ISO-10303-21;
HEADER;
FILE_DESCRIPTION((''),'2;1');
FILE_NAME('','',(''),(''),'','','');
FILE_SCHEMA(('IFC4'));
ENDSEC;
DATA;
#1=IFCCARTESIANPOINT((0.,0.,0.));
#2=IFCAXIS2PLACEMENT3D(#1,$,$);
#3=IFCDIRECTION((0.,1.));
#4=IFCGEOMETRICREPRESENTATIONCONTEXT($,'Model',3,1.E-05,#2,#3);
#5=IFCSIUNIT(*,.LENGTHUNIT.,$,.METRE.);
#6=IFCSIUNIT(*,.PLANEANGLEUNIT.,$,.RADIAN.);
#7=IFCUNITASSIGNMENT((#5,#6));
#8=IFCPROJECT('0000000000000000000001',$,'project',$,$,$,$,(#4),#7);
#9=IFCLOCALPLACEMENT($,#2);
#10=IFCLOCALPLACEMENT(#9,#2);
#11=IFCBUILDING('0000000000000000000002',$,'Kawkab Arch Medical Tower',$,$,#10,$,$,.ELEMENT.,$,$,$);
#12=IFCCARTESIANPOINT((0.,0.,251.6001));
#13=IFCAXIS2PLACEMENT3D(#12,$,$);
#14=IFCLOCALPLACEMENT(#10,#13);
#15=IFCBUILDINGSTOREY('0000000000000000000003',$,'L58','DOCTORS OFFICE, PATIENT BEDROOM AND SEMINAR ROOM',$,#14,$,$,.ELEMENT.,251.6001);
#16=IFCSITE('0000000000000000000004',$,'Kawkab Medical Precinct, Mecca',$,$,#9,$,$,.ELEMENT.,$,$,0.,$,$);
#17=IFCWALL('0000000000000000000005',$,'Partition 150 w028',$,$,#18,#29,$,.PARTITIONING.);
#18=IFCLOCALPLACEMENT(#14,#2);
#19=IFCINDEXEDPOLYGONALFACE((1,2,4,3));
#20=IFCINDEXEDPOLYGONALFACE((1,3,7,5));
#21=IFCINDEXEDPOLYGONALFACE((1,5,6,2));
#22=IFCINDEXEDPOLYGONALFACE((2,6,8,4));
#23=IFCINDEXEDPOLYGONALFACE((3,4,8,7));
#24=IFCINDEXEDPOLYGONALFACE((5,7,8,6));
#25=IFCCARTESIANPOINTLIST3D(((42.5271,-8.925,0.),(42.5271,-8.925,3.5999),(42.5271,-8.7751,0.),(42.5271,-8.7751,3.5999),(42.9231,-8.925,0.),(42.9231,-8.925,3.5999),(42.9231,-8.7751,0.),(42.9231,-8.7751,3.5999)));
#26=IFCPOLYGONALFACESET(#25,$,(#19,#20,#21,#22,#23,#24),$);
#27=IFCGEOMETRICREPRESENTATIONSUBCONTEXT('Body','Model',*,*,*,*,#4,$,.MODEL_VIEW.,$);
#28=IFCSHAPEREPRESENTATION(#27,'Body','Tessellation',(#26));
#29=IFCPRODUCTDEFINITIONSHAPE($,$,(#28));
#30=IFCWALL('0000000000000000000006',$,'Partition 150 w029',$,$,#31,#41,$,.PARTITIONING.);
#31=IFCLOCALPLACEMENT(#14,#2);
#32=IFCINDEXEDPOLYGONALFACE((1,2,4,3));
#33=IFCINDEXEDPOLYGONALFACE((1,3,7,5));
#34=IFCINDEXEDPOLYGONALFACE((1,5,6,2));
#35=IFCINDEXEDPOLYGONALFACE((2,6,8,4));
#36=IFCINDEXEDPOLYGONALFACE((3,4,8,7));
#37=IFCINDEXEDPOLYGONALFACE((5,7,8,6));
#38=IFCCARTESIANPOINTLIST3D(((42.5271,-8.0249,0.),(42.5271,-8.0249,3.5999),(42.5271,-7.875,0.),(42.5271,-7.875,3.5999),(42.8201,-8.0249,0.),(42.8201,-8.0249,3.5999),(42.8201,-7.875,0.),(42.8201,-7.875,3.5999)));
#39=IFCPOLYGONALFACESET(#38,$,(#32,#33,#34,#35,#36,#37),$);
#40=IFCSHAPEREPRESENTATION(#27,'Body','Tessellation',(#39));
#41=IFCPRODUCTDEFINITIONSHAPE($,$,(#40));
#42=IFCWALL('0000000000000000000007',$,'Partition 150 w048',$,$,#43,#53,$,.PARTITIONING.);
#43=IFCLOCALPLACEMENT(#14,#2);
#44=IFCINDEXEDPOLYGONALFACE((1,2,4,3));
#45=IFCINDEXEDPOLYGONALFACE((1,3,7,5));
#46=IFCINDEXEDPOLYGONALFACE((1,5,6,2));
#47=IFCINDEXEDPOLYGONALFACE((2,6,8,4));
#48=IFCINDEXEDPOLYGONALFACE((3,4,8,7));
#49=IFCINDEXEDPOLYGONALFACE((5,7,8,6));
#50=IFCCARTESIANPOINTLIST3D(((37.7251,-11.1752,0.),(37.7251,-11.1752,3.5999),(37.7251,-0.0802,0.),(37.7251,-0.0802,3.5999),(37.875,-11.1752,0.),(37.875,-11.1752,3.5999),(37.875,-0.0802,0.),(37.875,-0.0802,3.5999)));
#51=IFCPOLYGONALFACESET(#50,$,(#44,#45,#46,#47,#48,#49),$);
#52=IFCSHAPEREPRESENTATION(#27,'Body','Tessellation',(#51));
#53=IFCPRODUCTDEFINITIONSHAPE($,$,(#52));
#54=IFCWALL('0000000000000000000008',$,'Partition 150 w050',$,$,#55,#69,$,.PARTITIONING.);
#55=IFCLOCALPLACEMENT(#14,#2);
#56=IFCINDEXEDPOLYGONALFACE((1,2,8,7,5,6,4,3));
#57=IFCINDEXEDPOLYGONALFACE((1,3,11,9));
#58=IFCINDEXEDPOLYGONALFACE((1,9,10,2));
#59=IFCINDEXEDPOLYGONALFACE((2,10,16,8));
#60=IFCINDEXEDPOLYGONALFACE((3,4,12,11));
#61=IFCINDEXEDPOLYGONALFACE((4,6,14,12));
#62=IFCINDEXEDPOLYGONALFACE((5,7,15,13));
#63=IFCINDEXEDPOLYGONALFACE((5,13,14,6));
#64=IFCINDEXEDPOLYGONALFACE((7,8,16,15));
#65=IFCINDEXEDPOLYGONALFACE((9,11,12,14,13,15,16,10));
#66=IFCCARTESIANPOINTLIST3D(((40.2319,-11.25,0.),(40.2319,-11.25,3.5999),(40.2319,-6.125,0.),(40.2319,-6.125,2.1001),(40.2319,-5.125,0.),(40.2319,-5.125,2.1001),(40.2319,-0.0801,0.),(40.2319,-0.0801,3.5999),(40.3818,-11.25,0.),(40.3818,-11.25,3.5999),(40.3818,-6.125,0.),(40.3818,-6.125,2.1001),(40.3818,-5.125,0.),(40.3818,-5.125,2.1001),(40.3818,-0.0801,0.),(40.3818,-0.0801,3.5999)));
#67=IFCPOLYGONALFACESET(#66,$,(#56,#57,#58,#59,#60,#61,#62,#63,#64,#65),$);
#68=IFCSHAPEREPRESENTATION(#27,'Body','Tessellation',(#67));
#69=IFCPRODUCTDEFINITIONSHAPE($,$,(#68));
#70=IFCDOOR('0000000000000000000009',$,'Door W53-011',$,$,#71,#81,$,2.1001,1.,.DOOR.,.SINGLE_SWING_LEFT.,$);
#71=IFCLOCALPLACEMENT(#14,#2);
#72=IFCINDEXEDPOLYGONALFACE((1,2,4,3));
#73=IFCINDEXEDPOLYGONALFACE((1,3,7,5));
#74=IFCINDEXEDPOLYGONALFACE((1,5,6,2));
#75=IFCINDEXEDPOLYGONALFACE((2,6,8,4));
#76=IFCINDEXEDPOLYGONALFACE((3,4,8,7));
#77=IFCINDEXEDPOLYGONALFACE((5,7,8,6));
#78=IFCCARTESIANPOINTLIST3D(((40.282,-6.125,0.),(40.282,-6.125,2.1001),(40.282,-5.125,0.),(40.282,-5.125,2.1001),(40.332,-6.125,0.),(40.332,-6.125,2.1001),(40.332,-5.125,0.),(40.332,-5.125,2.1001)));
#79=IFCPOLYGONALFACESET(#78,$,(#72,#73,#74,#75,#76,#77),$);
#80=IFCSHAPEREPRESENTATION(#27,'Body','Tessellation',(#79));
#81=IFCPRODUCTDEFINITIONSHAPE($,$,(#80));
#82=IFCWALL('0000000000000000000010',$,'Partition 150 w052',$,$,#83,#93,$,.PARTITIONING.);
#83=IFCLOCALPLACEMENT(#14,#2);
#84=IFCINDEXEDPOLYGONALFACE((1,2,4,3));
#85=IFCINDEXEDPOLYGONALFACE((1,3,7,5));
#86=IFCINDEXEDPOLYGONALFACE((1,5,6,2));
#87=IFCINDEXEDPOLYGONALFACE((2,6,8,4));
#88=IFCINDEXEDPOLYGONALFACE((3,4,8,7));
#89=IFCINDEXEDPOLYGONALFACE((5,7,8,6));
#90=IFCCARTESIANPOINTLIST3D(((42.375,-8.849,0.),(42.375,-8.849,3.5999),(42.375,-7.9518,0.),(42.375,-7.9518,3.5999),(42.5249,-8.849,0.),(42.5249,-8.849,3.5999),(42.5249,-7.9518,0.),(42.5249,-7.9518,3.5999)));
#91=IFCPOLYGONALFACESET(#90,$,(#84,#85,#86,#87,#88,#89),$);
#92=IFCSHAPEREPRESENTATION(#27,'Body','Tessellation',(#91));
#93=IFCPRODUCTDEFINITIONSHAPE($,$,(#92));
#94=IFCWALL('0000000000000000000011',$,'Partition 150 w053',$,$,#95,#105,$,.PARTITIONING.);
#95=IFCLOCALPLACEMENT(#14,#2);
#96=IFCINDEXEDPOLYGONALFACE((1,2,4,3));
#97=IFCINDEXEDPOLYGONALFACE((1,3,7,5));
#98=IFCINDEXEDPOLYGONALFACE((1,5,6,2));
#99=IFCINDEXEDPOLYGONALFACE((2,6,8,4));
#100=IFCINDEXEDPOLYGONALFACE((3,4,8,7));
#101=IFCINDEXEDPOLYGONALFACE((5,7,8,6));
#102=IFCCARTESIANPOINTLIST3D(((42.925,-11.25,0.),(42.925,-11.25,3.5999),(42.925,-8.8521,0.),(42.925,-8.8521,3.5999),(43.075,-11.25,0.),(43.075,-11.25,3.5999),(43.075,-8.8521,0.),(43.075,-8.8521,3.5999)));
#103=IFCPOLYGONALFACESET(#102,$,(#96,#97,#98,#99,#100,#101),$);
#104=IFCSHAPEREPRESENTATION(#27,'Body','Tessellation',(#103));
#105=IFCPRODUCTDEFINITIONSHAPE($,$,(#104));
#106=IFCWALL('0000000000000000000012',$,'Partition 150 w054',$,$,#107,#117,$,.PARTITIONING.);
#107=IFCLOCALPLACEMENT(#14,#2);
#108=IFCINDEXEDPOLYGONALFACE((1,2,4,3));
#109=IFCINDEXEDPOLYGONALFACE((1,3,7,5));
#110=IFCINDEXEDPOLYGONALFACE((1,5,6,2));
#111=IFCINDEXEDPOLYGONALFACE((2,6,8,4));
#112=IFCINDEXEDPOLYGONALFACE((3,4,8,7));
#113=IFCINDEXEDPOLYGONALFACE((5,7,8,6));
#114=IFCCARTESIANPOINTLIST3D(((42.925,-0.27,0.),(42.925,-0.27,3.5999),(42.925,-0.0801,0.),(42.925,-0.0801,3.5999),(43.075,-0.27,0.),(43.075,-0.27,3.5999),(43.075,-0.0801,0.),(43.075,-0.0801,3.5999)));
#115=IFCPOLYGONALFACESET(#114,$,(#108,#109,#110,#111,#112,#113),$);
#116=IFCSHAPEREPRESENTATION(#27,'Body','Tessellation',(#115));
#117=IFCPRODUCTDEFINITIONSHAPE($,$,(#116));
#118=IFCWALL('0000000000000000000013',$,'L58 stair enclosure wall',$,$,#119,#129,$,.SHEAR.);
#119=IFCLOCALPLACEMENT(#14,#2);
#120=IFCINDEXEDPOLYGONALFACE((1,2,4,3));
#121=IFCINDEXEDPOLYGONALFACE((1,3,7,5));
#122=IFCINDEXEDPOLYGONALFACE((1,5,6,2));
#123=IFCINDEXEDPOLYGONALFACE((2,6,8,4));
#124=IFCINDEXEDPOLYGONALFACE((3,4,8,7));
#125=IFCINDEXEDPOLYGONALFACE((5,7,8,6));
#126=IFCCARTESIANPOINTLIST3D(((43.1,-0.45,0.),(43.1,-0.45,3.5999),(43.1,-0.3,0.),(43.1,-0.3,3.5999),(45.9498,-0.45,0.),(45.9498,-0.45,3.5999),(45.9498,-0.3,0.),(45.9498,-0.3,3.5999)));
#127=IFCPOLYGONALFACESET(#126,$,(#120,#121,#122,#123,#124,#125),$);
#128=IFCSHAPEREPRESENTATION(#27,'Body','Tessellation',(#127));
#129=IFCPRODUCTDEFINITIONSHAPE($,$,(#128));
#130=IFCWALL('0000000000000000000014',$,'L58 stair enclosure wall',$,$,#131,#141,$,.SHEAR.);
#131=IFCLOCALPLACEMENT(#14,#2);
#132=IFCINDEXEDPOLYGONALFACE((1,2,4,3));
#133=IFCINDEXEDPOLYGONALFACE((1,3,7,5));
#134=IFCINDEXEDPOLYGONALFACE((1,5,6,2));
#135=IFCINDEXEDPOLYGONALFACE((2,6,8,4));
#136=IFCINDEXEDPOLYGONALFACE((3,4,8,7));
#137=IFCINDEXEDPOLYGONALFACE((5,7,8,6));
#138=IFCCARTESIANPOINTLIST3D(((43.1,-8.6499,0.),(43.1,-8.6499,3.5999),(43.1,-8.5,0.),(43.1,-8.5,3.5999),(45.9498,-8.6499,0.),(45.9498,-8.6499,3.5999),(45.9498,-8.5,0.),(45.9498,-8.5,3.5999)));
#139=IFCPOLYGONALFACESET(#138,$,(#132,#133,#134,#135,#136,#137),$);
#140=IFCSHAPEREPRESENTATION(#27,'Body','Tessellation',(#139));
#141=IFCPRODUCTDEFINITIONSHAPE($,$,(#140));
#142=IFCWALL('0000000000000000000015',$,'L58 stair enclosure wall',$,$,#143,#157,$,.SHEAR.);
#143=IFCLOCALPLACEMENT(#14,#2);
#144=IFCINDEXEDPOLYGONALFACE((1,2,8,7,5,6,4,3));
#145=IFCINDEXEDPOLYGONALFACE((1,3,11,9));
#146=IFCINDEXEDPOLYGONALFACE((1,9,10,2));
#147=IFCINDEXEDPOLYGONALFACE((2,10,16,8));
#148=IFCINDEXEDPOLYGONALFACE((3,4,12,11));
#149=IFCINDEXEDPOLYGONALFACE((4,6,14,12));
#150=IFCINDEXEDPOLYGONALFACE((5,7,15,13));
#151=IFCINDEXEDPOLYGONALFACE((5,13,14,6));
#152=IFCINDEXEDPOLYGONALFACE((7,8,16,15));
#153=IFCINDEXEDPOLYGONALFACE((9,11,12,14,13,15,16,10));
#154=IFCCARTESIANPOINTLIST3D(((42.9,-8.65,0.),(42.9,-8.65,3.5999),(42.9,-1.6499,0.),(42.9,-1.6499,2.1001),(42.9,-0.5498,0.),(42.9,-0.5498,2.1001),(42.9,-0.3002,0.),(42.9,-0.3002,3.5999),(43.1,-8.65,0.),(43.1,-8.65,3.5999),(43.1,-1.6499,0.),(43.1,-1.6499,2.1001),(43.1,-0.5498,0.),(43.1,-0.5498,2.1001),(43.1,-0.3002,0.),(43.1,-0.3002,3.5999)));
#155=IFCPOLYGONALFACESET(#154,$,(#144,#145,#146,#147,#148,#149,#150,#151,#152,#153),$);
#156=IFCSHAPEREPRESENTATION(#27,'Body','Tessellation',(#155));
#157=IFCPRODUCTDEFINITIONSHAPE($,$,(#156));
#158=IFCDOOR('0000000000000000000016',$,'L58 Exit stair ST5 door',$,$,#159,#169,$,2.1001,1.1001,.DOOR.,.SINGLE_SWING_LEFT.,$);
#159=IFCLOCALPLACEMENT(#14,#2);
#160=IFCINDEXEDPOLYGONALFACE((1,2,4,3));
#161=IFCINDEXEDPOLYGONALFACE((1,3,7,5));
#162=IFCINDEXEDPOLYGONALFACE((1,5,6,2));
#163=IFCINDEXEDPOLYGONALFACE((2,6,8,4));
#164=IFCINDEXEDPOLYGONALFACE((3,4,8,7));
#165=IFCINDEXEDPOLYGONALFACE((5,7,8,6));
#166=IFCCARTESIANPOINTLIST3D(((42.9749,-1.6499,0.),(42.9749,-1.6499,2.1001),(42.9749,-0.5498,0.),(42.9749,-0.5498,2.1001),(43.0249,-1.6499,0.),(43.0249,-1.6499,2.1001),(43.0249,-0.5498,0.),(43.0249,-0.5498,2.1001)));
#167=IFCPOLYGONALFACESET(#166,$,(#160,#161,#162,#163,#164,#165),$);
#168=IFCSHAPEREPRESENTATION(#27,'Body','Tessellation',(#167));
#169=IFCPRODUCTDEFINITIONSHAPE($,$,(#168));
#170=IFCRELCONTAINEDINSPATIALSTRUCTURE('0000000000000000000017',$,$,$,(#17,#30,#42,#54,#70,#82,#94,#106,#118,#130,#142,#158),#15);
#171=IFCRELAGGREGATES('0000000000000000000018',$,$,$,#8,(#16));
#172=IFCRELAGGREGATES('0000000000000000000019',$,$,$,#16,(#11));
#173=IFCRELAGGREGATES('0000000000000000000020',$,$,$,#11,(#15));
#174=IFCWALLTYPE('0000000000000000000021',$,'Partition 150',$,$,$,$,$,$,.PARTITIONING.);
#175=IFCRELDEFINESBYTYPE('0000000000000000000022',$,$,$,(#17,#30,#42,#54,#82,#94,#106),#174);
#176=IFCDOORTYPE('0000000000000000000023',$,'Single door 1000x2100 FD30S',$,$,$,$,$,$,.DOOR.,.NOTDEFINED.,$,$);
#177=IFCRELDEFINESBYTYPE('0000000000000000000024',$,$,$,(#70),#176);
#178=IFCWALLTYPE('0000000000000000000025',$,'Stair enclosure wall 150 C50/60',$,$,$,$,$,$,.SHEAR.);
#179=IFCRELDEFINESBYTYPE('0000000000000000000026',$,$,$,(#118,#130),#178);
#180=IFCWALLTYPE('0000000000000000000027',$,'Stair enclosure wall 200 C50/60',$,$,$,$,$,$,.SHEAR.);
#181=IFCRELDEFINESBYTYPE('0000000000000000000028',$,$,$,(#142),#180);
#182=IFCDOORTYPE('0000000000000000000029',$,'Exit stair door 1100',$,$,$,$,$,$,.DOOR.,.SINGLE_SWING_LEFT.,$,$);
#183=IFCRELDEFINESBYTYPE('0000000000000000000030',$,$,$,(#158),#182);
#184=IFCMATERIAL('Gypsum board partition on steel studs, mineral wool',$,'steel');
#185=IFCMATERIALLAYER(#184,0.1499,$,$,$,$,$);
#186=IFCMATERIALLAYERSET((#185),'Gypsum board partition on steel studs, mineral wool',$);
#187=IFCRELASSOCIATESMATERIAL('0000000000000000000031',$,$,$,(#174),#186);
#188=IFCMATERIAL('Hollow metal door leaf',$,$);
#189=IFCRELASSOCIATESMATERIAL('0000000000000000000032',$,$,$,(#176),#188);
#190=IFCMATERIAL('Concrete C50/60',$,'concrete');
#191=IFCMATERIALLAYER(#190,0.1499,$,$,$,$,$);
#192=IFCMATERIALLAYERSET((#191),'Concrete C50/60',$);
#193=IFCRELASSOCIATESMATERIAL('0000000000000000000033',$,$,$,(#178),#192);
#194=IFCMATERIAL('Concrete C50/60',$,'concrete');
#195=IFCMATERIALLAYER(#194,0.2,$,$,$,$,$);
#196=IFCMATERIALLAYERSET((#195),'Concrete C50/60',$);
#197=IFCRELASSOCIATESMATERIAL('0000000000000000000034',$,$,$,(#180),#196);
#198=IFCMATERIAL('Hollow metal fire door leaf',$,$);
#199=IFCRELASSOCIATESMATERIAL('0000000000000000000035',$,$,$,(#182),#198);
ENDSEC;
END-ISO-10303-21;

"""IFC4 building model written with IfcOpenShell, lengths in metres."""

from ifc_helpers import new_model, si_unit, direction, frame, frame_2d, origin, place, context, subcontext, project, spatial, rectangle, extrude, material, layer, layer_set, type_object, element, fill, save


model = new_model("IFC4")

# Units and contexts
model_context = context("Model", 3, precision=1e-05, world=origin(), true_north=direction((0.0, 1.0)))
body_context = subcontext(model_context, "Body", "Model", "MODEL_VIEW")
ifc_project = project(units=[si_unit("LENGTHUNIT", "METRE"), si_unit("PLANEANGLEUNIT", "RADIAN")], contexts=[model_context])

# Site, building, storey
site_placement = place(None, origin())
site = spatial("IfcSite", under=ifc_project, at=site_placement, Name="Kawkab Medical Precinct, Mecca", CompositionType="ELEMENT", RefElevation=0.0)
building_placement = place(site_placement, origin())
building = spatial("IfcBuilding", under=site, at=building_placement, Name="Kawkab Arch Medical Tower", CompositionType="ELEMENT")
storey_placement = place(building_placement, frame((0.0, 0.0, 251.6001)))
storey = spatial("IfcBuildingStorey", under=building, at=storey_placement, Name="L58", Description="DOCTORS OFFICE, PATIENT BEDROOM AND SEMINAR ROOM", CompositionType="ELEMENT", Elevation=251.6001)

# Shared definitions
ifc_material_1 = material(Name="Gypsum board partition on steel studs, mineral wool", Category="steel")
ifc_layer_1 = layer(ifc_material_1, 0.1499)
ifc_layer_set_1 = layer_set([ifc_layer_1], Name="Gypsum board partition on steel studs, mineral wool")
wall_type_1 = type_object("IfcWallType", Name="Partition 150", PredefinedType="PARTITIONING", material=ifc_layer_set_1)
ifc_material_2 = material(Name="Hollow metal door leaf")
door_type_1 = type_object("IfcDoorType", Name="Single door 1000x2100 FD30S", OperationType="NOTDEFINED", PredefinedType="DOOR", material=ifc_material_2)

# Walls
wall_1_placement = place(storey_placement, frame((42.5271, -8.8501, 0.0), z_axis=(0.0, 0.0, 1.0), x_axis=(1.0, 0.0, 0.0)))
element("IfcWall", 1, at=wall_1_placement, inside=storey, type_object=wall_type_1, Name="Partition 150 w028", PredefinedType="PARTITIONING", context=body_context, shape_type="SweptSolid", body=[
    extrude(rectangle(XDim=0.396, YDim=0.1499, at=frame_2d((0.198, 0.0))), origin(), (0.0, 0.0, 1.0), 3.5999),
])
wall_2_placement = place(storey_placement, frame((42.5271, -7.95, 0.0), z_axis=(0.0, 0.0, 1.0), x_axis=(1.0, 0.0, 0.0)))
element("IfcWall", 2, at=wall_2_placement, inside=storey, type_object=wall_type_1, Name="Partition 150 w029", PredefinedType="PARTITIONING", context=body_context, shape_type="SweptSolid", body=[
    extrude(rectangle(XDim=0.293, YDim=0.1499, at=frame_2d((0.1465, 0.0))), origin(), (0.0, 0.0, 1.0), 3.5999),
])
wall_3_placement = place(storey_placement, frame((37.8, -11.175, 0.0), z_axis=(0.0, 0.0, 1.0), x_axis=(0.0, 1.0, 0.0)))
element("IfcWall", 3, at=wall_3_placement, inside=storey, type_object=wall_type_1, Name="Partition 150 w048", PredefinedType="PARTITIONING", context=body_context, shape_type="SweptSolid", body=[
    extrude(rectangle(XDim=11.095, YDim=0.1499, at=frame_2d((5.5474, 0.0))), origin(), (0.0, 0.0, 1.0), 3.5999),
])

# Wall, opening, door
wall_4_placement = place(storey_placement, frame((40.3069, -11.25, 0.0), z_axis=(0.0, 0.0, 1.0), x_axis=(0.0, 1.0, 0.0)))
wall_4 = element("IfcWall", 4, at=wall_4_placement, inside=storey, type_object=wall_type_1, Name="Partition 150 w050", PredefinedType="PARTITIONING", context=body_context, shape_type="SweptSolid", body=[
    extrude(rectangle(XDim=11.1699, YDim=0.1499, at=frame_2d((5.585, 0.0))), origin(), (0.0, 0.0, 1.0), 3.5999),
])
opening_1_placement = place(wall_4_placement, frame((5.125, 0.0, 0.0)))
opening_1 = element("IfcOpeningElement", 5, at=opening_1_placement, cuts=wall_4, PredefinedType="OPENING", context=body_context, shape_type="SweptSolid", body=[
    extrude(rectangle(XDim=1.0, YDim=2.1001, at=frame_2d((0.5, 1.05))), frame((0.0, 0.085, 0.0), z_axis=(0.0, -1.0, 0.0), x_axis=(1.0, 0.0, 0.0)), (0.0, 0.0, 1.0), 0.1699),
])
door_1_placement = place(opening_1_placement, origin())
door_1 = element("IfcDoor", 6, at=door_1_placement, inside=storey, type_object=door_type_1, Name="Door W53-011", OperationType="SINGLE_SWING_LEFT", OverallHeight=2.1001, OverallWidth=1.0, PredefinedType="DOOR", context=body_context, shape_type="SweptSolid", body=[
    extrude(rectangle(XDim=1.0, YDim=2.1001, at=frame_2d((0.5, 1.05))), frame((0.0, 0.0249, 0.0), z_axis=(0.0, -1.0, 0.0), x_axis=(1.0, 0.0, 0.0)), (0.0, 0.0, 1.0), 0.05),
])
fill(opening_1, door_1)

# Walls
wall_5_placement = place(storey_placement, frame((42.45, -8.8491, 0.0), z_axis=(0.0, 0.0, 1.0), x_axis=(0.0, 1.0, 0.0)))
element("IfcWall", 7, at=wall_5_placement, inside=storey, type_object=wall_type_1, Name="Partition 150 w052", PredefinedType="PARTITIONING", context=body_context, shape_type="SweptSolid", body=[
    extrude(rectangle(XDim=0.8972, YDim=0.1499, at=frame_2d((0.4487, 0.0))), origin(), (0.0, 0.0, 1.0), 3.5999),
])
wall_6_placement = place(storey_placement, frame((43.0, -11.25, 0.0), z_axis=(0.0, 0.0, 1.0), x_axis=(0.0, 1.0, 0.0)))
element("IfcWall", 8, at=wall_6_placement, inside=storey, type_object=wall_type_1, Name="Partition 150 w053", PredefinedType="PARTITIONING", context=body_context, shape_type="SweptSolid", body=[
    extrude(rectangle(XDim=2.3979, YDim=0.1499, at=frame_2d((1.199, 0.0))), origin(), (0.0, 0.0, 1.0), 3.5999),
])
wall_7_placement = place(storey_placement, frame((43.0, -0.27, 0.0), z_axis=(0.0, 0.0, 1.0), x_axis=(0.0, 1.0, 0.0)))
element("IfcWall", 9, at=wall_7_placement, inside=storey, type_object=wall_type_1, Name="Partition 150 w054", PredefinedType="PARTITIONING", context=body_context, shape_type="SweptSolid", body=[
    extrude(rectangle(XDim=0.1899, YDim=0.1499, at=frame_2d((0.095, 0.0))), origin(), (0.0, 0.0, 1.0), 3.5999),
])
ifc_material_3 = material(Name="Concrete C50/60", Category="concrete")
ifc_layer_2 = layer(ifc_material_3, 0.1499)
ifc_layer_set_2 = layer_set([ifc_layer_2], Name="Concrete C50/60")
wall_type_2 = type_object("IfcWallType", Name="Stair enclosure wall 150 C50/60", PredefinedType="SHEAR", material=ifc_layer_set_2)
for number, where, z_axis, x_axis, name in (
    (10, (43.1001, -0.375, 0.0), (0.0, 0.0, 1.0), (1.0, 0.0, 0.0), "L58 stair enclosure wall"),
    (11, (43.1001, -8.575, 0.0), (0.0, 0.0, 1.0), (1.0, 0.0, 0.0), "L58 stair enclosure wall"),
):
    element("IfcWall", number, at=place(storey_placement, frame(where, z_axis=z_axis, x_axis=x_axis)), inside=storey, type_object=wall_type_2, Name=name, PredefinedType="SHEAR", context=body_context, shape_type="SweptSolid", body=[
        extrude(rectangle(XDim=2.8499, YDim=0.1499, at=frame_2d((1.4248, 0.0))), origin(), (0.0, 0.0, 1.0), 3.5999),
    ])

# Wall, opening, door
ifc_material_4 = material(Name="Concrete C50/60", Category="concrete")
ifc_layer_3 = layer(ifc_material_4, 0.2)
ifc_layer_set_3 = layer_set([ifc_layer_3], Name="Concrete C50/60")
wall_type_3 = type_object("IfcWallType", Name="Stair enclosure wall 200 C50/60", PredefinedType="SHEAR", material=ifc_layer_set_3)
wall_8_placement = place(storey_placement, frame((43.0, -8.6499, 0.0), z_axis=(0.0, 0.0, 1.0), x_axis=(0.0, 1.0, 0.0)))
wall_8 = element("IfcWall", 12, at=wall_8_placement, inside=storey, type_object=wall_type_3, Name="L58 stair enclosure wall", PredefinedType="SHEAR", context=body_context, shape_type="SweptSolid", body=[
    extrude(rectangle(XDim=8.3499, YDim=0.2, at=frame_2d((4.1748, 0.0))), origin(), (0.0, 0.0, 1.0), 3.5999),
])
opening_2_placement = place(wall_8_placement, frame((7.0, 0.0, 0.0)))
opening_2 = element("IfcOpeningElement", 13, at=opening_2_placement, cuts=wall_8, PredefinedType="OPENING", context=body_context, shape_type="SweptSolid", body=[
    extrude(rectangle(XDim=1.1001, YDim=2.1001, at=frame_2d((0.55, 1.05))), frame((0.0, 0.1099, 0.0), z_axis=(0.0, -1.0, 0.0), x_axis=(1.0, 0.0, 0.0)), (0.0, 0.0, 1.0), 0.22),
])
ifc_material_5 = material(Name="Hollow metal fire door leaf")
door_type_2 = type_object("IfcDoorType", Name="Exit stair door 1100", OperationType="SINGLE_SWING_LEFT", PredefinedType="DOOR", material=ifc_material_5)
door_2_placement = place(opening_2_placement, frame((1.1001, 0.0, 0.0), z_axis=(0.0, 0.0, 1.0), x_axis=(-1.0, 0.0, 0.0)))
door_2 = element("IfcDoor", 14, at=door_2_placement, inside=storey, type_object=door_type_2, Name="L58 Exit stair ST5 door", OperationType="SINGLE_SWING_LEFT", OverallHeight=2.1001, OverallWidth=1.1001, PredefinedType="DOOR", context=body_context, shape_type="SweptSolid", body=[
    extrude(rectangle(XDim=1.1001, YDim=2.1001, at=frame_2d((0.55, 1.05))), frame((0.0, 0.0249, 0.0), z_axis=(0.0, -1.0, 0.0), x_axis=(1.0, 0.0, 0.0)), (0.0, 0.0, 1.0), 0.05),
])
fill(opening_2, door_2)

save(model, "model.ifc")
